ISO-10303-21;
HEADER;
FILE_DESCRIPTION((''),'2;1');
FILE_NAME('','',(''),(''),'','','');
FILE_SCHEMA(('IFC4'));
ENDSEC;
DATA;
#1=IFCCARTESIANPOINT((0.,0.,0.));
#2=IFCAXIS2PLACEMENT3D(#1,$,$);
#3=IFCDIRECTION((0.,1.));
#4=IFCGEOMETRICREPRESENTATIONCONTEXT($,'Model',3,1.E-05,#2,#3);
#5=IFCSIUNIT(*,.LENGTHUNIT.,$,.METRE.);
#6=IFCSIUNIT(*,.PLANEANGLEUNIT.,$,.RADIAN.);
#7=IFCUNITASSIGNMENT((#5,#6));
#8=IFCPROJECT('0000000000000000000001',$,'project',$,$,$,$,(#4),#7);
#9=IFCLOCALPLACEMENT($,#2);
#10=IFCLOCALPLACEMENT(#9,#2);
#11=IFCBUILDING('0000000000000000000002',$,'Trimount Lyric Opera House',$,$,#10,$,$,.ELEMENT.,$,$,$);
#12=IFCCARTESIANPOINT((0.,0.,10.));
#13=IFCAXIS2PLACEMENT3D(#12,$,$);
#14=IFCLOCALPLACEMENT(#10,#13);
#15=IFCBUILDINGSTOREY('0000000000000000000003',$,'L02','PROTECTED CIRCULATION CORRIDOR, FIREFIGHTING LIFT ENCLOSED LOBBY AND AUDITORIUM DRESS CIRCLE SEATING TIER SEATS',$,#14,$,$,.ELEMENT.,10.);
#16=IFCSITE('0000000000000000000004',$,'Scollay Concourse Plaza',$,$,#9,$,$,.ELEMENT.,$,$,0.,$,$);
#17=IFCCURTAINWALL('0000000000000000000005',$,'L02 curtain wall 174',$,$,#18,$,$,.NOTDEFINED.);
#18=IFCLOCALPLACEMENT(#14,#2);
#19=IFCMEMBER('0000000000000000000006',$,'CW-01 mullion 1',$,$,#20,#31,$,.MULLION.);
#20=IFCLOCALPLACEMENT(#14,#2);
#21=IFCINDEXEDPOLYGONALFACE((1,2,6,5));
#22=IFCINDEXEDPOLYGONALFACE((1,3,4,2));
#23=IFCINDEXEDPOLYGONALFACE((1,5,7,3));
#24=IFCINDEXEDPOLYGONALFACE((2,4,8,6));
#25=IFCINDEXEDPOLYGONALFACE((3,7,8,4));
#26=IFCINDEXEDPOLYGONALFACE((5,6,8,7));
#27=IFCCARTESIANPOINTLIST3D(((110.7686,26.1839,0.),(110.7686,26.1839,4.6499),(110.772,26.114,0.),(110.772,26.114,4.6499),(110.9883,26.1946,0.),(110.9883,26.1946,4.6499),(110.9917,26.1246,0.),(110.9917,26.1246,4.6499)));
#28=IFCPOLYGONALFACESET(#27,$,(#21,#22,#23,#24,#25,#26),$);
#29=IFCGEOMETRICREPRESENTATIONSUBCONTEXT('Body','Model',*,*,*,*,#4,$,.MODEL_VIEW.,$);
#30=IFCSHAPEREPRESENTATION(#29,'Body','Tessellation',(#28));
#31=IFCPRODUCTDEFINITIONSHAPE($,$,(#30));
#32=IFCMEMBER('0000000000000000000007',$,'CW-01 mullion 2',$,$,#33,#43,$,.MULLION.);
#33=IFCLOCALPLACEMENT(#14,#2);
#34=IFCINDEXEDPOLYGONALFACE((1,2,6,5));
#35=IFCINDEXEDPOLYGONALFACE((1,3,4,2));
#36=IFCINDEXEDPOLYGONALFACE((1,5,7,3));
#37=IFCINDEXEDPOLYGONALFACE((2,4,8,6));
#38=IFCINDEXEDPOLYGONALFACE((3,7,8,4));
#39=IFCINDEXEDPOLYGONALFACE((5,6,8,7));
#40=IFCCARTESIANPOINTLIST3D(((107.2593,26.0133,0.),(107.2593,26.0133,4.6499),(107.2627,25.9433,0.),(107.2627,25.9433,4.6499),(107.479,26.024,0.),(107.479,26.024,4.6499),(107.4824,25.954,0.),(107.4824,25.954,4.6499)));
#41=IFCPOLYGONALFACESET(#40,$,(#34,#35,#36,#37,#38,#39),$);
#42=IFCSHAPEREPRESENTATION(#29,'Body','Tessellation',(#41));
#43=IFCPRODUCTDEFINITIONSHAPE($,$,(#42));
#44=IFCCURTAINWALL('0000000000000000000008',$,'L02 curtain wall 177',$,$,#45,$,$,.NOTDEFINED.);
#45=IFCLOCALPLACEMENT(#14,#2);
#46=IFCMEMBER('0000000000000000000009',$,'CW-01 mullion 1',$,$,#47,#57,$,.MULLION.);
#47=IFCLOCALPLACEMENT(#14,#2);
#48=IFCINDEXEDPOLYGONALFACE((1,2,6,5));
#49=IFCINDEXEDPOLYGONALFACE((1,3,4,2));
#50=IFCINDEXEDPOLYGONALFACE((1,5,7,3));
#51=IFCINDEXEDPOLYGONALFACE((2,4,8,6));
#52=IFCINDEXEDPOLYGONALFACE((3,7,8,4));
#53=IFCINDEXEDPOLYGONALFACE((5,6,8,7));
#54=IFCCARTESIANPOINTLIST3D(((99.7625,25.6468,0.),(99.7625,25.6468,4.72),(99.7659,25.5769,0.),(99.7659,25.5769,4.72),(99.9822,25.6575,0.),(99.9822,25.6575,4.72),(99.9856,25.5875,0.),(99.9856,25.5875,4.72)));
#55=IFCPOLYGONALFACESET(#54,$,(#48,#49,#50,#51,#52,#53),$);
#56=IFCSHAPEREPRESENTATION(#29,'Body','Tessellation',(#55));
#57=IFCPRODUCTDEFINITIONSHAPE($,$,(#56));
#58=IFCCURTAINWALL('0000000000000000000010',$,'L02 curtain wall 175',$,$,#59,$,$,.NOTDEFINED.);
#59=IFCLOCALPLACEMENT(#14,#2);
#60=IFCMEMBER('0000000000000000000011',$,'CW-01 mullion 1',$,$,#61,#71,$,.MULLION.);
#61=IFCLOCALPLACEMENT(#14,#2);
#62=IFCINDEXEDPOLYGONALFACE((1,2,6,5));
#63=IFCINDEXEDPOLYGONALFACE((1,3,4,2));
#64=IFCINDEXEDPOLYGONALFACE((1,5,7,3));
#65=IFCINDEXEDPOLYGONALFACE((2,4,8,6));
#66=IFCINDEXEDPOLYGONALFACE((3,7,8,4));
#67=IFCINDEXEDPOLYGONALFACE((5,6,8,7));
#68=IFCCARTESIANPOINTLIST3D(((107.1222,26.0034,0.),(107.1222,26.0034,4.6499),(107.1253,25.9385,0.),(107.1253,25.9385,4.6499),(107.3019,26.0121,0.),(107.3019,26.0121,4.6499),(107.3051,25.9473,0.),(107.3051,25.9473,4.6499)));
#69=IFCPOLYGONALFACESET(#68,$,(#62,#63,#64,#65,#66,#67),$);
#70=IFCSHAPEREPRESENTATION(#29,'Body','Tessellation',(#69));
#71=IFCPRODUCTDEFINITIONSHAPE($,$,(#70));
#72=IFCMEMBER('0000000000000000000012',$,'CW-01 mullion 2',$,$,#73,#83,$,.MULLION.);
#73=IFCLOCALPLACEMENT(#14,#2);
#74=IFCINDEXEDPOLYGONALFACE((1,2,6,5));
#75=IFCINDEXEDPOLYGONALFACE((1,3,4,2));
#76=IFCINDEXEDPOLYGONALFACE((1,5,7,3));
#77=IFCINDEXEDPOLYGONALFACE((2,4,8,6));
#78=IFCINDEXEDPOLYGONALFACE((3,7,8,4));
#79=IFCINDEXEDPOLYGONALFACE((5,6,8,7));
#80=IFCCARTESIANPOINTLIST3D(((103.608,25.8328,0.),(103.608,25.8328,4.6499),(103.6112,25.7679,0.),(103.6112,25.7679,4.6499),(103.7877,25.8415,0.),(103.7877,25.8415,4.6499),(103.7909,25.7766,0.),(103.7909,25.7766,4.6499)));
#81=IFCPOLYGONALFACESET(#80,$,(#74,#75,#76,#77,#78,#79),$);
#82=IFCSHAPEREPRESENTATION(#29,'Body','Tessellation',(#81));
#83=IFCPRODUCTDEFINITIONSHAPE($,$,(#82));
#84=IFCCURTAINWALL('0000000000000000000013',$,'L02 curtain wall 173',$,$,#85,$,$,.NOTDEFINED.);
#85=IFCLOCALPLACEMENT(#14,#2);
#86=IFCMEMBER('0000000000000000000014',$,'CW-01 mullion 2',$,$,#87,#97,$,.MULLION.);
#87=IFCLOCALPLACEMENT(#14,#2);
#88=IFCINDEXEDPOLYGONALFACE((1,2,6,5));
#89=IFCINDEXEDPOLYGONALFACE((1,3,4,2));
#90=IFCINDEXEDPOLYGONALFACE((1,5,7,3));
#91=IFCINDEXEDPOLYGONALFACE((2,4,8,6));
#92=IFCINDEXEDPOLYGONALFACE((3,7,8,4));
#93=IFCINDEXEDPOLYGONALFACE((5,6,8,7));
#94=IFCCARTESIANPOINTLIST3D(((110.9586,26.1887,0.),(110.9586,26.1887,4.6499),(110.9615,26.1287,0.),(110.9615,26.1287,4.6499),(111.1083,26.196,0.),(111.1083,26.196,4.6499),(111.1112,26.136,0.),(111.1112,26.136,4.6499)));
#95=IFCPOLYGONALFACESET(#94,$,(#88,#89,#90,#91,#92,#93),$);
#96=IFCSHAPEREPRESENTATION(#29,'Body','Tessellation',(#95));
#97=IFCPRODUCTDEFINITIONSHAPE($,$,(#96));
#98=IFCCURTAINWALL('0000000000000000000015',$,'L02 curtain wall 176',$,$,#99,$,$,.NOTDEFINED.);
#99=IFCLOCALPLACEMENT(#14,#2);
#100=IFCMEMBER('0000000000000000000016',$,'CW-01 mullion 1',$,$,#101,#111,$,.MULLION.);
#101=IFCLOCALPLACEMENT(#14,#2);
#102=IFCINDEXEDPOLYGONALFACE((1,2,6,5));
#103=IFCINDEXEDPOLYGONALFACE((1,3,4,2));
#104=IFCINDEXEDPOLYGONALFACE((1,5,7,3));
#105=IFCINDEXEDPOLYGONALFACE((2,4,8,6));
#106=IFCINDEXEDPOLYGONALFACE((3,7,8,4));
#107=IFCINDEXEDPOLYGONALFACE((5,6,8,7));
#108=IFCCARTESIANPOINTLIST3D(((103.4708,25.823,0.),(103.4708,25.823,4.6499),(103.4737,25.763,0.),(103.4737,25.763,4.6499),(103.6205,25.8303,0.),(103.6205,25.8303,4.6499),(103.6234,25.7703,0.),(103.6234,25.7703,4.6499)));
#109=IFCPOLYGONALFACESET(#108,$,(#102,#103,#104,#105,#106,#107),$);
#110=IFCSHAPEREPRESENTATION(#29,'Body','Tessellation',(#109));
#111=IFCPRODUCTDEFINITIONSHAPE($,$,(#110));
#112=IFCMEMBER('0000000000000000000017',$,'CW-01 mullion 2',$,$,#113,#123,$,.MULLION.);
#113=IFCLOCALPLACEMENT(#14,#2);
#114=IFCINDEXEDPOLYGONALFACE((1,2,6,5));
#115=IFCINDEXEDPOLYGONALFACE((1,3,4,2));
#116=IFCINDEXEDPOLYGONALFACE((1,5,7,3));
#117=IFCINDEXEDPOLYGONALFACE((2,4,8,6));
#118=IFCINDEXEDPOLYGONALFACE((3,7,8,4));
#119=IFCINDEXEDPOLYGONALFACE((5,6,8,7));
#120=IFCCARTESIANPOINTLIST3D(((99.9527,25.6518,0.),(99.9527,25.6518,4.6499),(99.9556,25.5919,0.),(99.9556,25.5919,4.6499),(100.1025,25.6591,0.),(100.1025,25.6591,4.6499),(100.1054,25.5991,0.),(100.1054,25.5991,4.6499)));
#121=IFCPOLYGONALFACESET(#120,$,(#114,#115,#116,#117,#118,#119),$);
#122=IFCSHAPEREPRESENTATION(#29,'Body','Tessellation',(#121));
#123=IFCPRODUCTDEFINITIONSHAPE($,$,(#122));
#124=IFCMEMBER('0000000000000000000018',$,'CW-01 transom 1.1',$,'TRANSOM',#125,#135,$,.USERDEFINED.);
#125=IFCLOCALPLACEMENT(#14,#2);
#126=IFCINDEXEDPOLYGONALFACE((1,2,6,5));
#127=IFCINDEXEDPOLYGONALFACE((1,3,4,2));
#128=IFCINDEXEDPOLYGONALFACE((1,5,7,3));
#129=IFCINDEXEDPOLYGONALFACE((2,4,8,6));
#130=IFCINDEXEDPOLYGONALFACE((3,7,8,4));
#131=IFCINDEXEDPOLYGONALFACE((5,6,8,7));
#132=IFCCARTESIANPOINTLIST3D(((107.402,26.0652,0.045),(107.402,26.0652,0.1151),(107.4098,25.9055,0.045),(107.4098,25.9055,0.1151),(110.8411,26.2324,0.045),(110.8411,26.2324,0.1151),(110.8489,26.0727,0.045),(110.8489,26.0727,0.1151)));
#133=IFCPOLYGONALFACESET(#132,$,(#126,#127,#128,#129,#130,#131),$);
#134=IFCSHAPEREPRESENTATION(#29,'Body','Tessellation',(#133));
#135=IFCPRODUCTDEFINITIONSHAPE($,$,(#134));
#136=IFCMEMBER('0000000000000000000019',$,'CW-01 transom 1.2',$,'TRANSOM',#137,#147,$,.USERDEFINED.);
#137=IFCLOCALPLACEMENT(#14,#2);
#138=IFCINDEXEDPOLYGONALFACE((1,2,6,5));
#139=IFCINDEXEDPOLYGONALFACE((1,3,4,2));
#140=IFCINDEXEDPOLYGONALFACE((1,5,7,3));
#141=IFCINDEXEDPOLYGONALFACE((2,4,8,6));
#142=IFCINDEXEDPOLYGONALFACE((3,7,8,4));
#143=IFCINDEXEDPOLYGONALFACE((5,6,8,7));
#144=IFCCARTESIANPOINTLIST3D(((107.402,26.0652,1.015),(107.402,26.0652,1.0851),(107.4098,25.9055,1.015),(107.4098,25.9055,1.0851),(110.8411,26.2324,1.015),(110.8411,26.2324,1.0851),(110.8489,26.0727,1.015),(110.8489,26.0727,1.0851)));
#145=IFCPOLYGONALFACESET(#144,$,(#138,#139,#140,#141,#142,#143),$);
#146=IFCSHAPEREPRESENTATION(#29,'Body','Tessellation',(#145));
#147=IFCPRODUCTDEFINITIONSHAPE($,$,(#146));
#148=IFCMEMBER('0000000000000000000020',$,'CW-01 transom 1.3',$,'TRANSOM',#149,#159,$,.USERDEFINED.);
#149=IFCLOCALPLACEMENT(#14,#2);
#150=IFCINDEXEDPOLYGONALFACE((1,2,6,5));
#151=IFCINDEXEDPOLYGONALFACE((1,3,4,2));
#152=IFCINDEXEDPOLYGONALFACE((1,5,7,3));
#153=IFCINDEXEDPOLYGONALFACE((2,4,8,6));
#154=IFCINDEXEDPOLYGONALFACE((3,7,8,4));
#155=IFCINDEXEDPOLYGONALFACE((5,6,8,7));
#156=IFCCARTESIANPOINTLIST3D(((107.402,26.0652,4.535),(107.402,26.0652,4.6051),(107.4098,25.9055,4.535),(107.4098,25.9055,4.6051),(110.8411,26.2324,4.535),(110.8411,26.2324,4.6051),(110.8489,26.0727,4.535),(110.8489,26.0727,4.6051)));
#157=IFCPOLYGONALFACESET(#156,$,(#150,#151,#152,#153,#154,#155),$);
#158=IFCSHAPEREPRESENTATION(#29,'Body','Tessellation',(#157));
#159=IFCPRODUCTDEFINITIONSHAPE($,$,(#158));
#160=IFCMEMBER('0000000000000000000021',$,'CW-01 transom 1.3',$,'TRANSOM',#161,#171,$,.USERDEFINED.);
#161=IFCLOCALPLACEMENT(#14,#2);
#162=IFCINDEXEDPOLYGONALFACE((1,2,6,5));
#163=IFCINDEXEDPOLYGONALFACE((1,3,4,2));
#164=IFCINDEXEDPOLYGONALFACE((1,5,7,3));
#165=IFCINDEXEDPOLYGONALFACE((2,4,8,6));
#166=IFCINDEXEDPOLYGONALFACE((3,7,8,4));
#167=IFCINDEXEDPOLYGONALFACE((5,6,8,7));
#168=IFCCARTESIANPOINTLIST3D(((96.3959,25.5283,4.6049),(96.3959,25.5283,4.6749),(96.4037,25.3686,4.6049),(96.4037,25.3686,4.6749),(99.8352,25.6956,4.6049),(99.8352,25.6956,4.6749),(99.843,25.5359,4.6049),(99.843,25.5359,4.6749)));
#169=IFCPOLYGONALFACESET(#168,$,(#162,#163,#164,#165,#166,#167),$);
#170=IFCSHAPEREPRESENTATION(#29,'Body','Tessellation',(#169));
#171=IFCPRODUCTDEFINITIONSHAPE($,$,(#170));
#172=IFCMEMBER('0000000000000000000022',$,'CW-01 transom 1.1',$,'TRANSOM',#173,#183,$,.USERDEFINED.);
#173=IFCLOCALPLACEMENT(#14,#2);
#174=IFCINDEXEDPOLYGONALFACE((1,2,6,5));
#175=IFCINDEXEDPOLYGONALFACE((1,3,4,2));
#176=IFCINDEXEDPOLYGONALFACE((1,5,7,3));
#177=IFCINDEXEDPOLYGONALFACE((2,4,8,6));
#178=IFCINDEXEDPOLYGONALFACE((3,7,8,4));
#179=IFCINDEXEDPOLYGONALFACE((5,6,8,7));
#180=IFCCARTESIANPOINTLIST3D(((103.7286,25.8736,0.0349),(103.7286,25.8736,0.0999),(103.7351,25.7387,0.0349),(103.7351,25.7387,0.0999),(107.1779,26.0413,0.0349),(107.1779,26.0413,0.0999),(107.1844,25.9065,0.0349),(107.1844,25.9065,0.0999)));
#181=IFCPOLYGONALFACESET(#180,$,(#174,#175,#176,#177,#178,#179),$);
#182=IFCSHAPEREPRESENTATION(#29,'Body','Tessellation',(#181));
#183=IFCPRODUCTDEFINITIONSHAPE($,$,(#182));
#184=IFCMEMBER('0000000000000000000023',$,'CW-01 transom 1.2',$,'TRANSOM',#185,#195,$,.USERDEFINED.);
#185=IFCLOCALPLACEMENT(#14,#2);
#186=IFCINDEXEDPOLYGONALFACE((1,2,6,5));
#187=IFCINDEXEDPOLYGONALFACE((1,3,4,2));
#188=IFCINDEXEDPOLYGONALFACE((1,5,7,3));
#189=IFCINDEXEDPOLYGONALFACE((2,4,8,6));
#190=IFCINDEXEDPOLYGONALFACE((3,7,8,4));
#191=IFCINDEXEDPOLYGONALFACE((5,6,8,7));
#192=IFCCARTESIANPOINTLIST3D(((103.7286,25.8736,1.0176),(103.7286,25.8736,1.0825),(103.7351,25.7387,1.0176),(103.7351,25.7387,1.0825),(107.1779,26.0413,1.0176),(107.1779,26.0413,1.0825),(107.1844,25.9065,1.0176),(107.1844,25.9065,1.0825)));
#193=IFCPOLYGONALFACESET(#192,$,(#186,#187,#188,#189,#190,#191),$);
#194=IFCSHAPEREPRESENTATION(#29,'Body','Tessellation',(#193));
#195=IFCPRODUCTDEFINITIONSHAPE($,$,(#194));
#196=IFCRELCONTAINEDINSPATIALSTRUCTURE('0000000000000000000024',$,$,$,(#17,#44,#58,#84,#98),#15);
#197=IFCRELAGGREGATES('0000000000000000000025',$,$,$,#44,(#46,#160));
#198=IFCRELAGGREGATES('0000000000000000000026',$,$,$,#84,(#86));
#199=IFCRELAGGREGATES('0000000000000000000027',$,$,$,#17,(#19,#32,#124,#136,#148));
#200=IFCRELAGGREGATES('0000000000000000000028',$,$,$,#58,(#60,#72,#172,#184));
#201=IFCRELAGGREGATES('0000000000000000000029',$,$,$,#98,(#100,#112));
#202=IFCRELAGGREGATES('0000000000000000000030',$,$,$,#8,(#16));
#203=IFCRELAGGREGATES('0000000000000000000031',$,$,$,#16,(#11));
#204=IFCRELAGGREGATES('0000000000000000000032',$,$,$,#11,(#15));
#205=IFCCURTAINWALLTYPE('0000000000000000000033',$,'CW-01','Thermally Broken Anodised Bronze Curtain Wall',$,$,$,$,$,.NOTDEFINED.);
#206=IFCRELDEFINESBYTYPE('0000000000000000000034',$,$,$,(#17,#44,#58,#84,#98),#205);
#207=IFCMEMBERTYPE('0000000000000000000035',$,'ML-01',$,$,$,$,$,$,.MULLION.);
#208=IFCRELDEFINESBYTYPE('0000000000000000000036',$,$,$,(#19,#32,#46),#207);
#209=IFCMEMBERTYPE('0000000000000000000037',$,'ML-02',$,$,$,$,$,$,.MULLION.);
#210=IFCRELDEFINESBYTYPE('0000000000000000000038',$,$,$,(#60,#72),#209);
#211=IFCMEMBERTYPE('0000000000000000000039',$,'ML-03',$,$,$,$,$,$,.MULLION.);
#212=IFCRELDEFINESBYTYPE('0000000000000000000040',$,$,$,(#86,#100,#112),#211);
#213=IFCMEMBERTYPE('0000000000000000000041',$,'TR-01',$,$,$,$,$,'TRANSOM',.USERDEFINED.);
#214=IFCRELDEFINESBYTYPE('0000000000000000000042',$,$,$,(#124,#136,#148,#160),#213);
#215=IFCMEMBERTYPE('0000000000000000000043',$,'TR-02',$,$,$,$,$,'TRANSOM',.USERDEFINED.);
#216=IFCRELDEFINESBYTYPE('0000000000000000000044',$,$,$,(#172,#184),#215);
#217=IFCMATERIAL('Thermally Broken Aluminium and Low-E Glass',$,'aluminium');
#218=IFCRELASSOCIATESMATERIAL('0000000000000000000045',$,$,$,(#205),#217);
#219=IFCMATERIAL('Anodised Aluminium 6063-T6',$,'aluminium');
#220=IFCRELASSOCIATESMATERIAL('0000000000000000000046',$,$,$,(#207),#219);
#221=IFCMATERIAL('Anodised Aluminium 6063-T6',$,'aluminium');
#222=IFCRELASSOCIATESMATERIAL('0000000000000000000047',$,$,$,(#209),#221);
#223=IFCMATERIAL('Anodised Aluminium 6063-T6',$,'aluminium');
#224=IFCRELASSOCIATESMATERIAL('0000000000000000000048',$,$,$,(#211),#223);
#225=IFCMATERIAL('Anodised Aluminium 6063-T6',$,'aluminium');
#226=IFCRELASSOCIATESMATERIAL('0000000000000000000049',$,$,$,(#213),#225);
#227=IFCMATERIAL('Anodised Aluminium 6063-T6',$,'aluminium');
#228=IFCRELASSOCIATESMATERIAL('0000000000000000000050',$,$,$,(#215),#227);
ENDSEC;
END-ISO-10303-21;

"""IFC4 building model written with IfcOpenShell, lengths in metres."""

from ifc_helpers import new_model, si_unit, direction, frame, origin, origin_2d, place, context, subcontext, project, spatial, rectangle, extrude, material, material_profile, profile_set, type_object, element, aggregate, save


model = new_model("IFC4")

# Units and contexts
model_context = context("Model", 3, precision=1e-05, world=origin(), true_north=direction((0.0, 1.0)))
body_context = subcontext(model_context, "Body", "Model", "MODEL_VIEW")
ifc_project = project(units=[si_unit("LENGTHUNIT", "METRE"), si_unit("PLANEANGLEUNIT", "RADIAN")], contexts=[model_context])

# Site, building, storey
site_placement = place(None, origin())
site = spatial("IfcSite", under=ifc_project, at=site_placement, Name="Scollay Concourse Plaza", CompositionType="ELEMENT", RefElevation=0.0)
building_placement = place(site_placement, origin())
building = spatial("IfcBuilding", under=site, at=building_placement, Name="Trimount Lyric Opera House", CompositionType="ELEMENT")
storey_placement = place(building_placement, frame((0.0, 0.0, 10.0)))
storey = spatial("IfcBuildingStorey", under=building, at=storey_placement, Name="L02", Description="PROTECTED CIRCULATION CORRIDOR, FIREFIGHTING LIFT ENCLOSED LOBBY AND AUDITORIUM DRESS CIRCLE SEATING TIER SEATS", CompositionType="ELEMENT", Elevation=10.0)

# Curtain wall, members
ifc_material_1 = material(Name="Thermally Broken Aluminium and Low-E Glass", Category="aluminium")
curtain_wall_type = type_object("IfcCurtainWallType", Name="CW-01", Description="Thermally Broken Anodised Bronze Curtain Wall", PredefinedType="NOTDEFINED", material=ifc_material_1)
curtain_wall_1_placement = place(storey_placement, origin())
curtain_wall_1 = element("IfcCurtainWall", 1, at=curtain_wall_1_placement, inside=storey, type_object=curtain_wall_type, Name="L02 curtain wall 174", PredefinedType="NOTDEFINED")
ifc_material_2 = material(Name="Anodised Aluminium 6063-T6", Category="aluminium")
ifc_material_profile_1 = material_profile(ifc_material_2, rectangle(XDim=0.0701, YDim=0.22, at=origin_2d()), Name="ALU-MULL-70X220")
ifc_profile_set_1 = profile_set([ifc_material_profile_1], Name="Anodised Aluminium 6063-T6")
member_type_1 = type_object("IfcMemberType", Name="ML-01", PredefinedType="MULLION", material=ifc_profile_set_1)
member_1_placement = place(storey_placement, frame((110.8801, 26.1543, 0.0), z_axis=(0.0, 0.0, 1.0), x_axis=(0.04856, -0.99882, 0.0)))
member_1 = element("IfcMember", 2, at=member_1_placement, type_object=member_type_1, Name="CW-01 mullion 1", PredefinedType="MULLION", context=body_context, shape_type="SweptSolid", body=[
    extrude(rectangle(XDim=0.0701, YDim=0.22, at=origin_2d()), origin(), (0.0, 0.0, 1.0), 4.6499),
])
member_2_placement = place(storey_placement, frame((107.3708, 25.9836, 0.0), z_axis=(0.0, 0.0, 1.0), x_axis=(0.04856, -0.99882, 0.0)))
member_2 = element("IfcMember", 3, at=member_2_placement, type_object=member_type_1, Name="CW-01 mullion 2", PredefinedType="MULLION", context=body_context, shape_type="SweptSolid", body=[
    extrude(rectangle(XDim=0.0701, YDim=0.22, at=origin_2d()), origin(), (0.0, 0.0, 1.0), 4.6499),
])

# Curtain wall, member
curtain_wall_2_placement = place(storey_placement, origin())
curtain_wall_2 = element("IfcCurtainWall", 4, at=curtain_wall_2_placement, inside=storey, type_object=curtain_wall_type, Name="L02 curtain wall 177", PredefinedType="NOTDEFINED")
member_3_placement = place(storey_placement, frame((99.874, 25.6172, 0.0), z_axis=(0.0, 0.0, 1.0), x_axis=(0.04856, -0.99882, 0.0)))
member_3 = element("IfcMember", 5, at=member_3_placement, type_object=member_type_1, Name="CW-01 mullion 1", PredefinedType="MULLION", context=body_context, shape_type="SweptSolid", body=[
    extrude(rectangle(XDim=0.0701, YDim=0.22, at=origin_2d()), origin(), (0.0, 0.0, 1.0), 4.72),
])

# Curtain wall, members
curtain_wall_3_placement = place(storey_placement, origin())
curtain_wall_3 = element("IfcCurtainWall", 6, at=curtain_wall_3_placement, inside=storey, type_object=curtain_wall_type, Name="L02 curtain wall 175", PredefinedType="NOTDEFINED")
ifc_material_3 = material(Name="Anodised Aluminium 6063-T6", Category="aluminium")
ifc_material_profile_2 = material_profile(ifc_material_3, rectangle(XDim=0.0649, YDim=0.1799, at=origin_2d()), Name="ALU-MULL-65X180")
ifc_profile_set_2 = profile_set([ifc_material_profile_2], Name="Anodised Aluminium 6063-T6")
member_type_2 = type_object("IfcMemberType", Name="ML-02", PredefinedType="MULLION", material=ifc_profile_set_2)
member_4_placement = place(storey_placement, frame((107.2136, 25.9753, 0.0), z_axis=(0.0, 0.0, 1.0), x_axis=(0.04856, -0.99882, 0.0)))
member_4 = element("IfcMember", 7, at=member_4_placement, type_object=member_type_2, Name="CW-01 mullion 1", PredefinedType="MULLION", context=body_context, shape_type="SweptSolid", body=[
    extrude(rectangle(XDim=0.0649, YDim=0.1799, at=origin_2d()), origin(), (0.0, 0.0, 1.0), 4.6499),
])
member_5_placement = place(storey_placement, frame((103.6995, 25.8047, 0.0), z_axis=(0.0, 0.0, 1.0), x_axis=(0.04856, -0.99882, 0.0)))
member_5 = element("IfcMember", 8, at=member_5_placement, type_object=member_type_2, Name="CW-01 mullion 2", PredefinedType="MULLION", context=body_context, shape_type="SweptSolid", body=[
    extrude(rectangle(XDim=0.0649, YDim=0.1799, at=origin_2d()), origin(), (0.0, 0.0, 1.0), 4.6499),
])

# Curtain wall, member
curtain_wall_4_placement = place(storey_placement, origin())
curtain_wall_4 = element("IfcCurtainWall", 9, at=curtain_wall_4_placement, inside=storey, type_object=curtain_wall_type, Name="L02 curtain wall 173", PredefinedType="NOTDEFINED")
ifc_material_4 = material(Name="Anodised Aluminium 6063-T6", Category="aluminium")
ifc_material_profile_3 = material_profile(ifc_material_4, rectangle(XDim=0.0601, YDim=0.1499, at=origin_2d()), Name="ALU-MULL-60X150")
ifc_profile_set_3 = profile_set([ifc_material_profile_3], Name="Anodised Aluminium 6063-T6")
member_type_3 = type_object("IfcMemberType", Name="ML-03", PredefinedType="MULLION", material=ifc_profile_set_3)
member_6_placement = place(storey_placement, frame((111.0349, 26.1624, 0.0), z_axis=(0.0, 0.0, 1.0), x_axis=(0.048708, -0.998813, 0.0)))
member_6 = element("IfcMember", 10, at=member_6_placement, type_object=member_type_3, Name="CW-01 mullion 2", PredefinedType="MULLION", context=body_context, shape_type="SweptSolid", body=[
    extrude(rectangle(XDim=0.0601, YDim=0.1499, at=origin_2d()), origin(), (0.0, 0.0, 1.0), 4.6499),
])

# Curtain wall, members
curtain_wall_5_placement = place(storey_placement, origin())
curtain_wall_5 = element("IfcCurtainWall", 11, at=curtain_wall_5_placement, inside=storey, type_object=curtain_wall_type, Name="L02 curtain wall 176", PredefinedType="NOTDEFINED")
member_7_placement = place(storey_placement, frame((103.5471, 25.7966, 0.0), z_axis=(0.0, 0.0, 1.0), x_axis=(0.048573, -0.99882, 0.0)))
member_7 = element("IfcMember", 12, at=member_7_placement, type_object=member_type_3, Name="CW-01 mullion 1", PredefinedType="MULLION", context=body_context, shape_type="SweptSolid", body=[
    extrude(rectangle(XDim=0.0601, YDim=0.1499, at=origin_2d()), origin(), (0.0, 0.0, 1.0), 4.6499),
])
member_8_placement = place(storey_placement, frame((100.0291, 25.6255, 0.0), z_axis=(0.0, 0.0, 1.0), x_axis=(0.048573, -0.99882, 0.0)))
member_8 = element("IfcMember", 13, at=member_8_placement, type_object=member_type_3, Name="CW-01 mullion 2", PredefinedType="MULLION", context=body_context, shape_type="SweptSolid", body=[
    extrude(rectangle(XDim=0.0601, YDim=0.1499, at=origin_2d()), origin(), (0.0, 0.0, 1.0), 4.6499),
])

# Members
ifc_material_5 = material(Name="Anodised Aluminium 6063-T6", Category="aluminium")
ifc_material_profile_4 = material_profile(ifc_material_5, rectangle(XDim=0.1599, YDim=0.0701, at=origin_2d()), Name="ALU-TRAN-70X160")
ifc_profile_set_4 = profile_set([ifc_material_profile_4], Name="Anodised Aluminium 6063-T6")
member_type_4 = type_object("IfcMemberType", Name="TR-01", ElementType="TRANSOM", PredefinedType="USERDEFINED", material=ifc_profile_set_4)
member_9_placement = place(storey_placement, frame((110.845, 26.1526, 0.0801), z_axis=(-0.99882, -0.048572, 0.0), x_axis=(0.048572, -0.99882, 0.0)))
member_9 = element("IfcMember", 14, at=member_9_placement, type_object=member_type_4, Name="CW-01 transom 1.1", ObjectType="TRANSOM", PredefinedType="USERDEFINED", context=body_context, shape_type="SweptSolid", body=[
    extrude(rectangle(XDim=0.1599, YDim=0.0701, at=origin_2d()), origin(), (0.0, 0.0, 1.0), 3.4431),
])
member_10_placement = place(storey_placement, frame((110.845, 26.1526, 1.05), z_axis=(-0.99882, -0.048572, 0.0), x_axis=(0.048572, -0.99882, 0.0)))
member_10 = element("IfcMember", 15, at=member_10_placement, type_object=member_type_4, Name="CW-01 transom 1.2", ObjectType="TRANSOM", PredefinedType="USERDEFINED", context=body_context, shape_type="SweptSolid", body=[
    extrude(rectangle(XDim=0.1599, YDim=0.0701, at=origin_2d()), origin(), (0.0, 0.0, 1.0), 3.4431),
])
member_11_placement = place(storey_placement, frame((110.845, 26.1526, 4.5701), z_axis=(-0.99882, -0.048572, 0.0), x_axis=(0.048572, -0.99882, 0.0)))
member_11 = element("IfcMember", 16, at=member_11_placement, type_object=member_type_4, Name="CW-01 transom 1.3", ObjectType="TRANSOM", PredefinedType="USERDEFINED", context=body_context, shape_type="SweptSolid", body=[
    extrude(rectangle(XDim=0.1599, YDim=0.0701, at=origin_2d()), origin(), (0.0, 0.0, 1.0), 3.4431),
])
member_12_placement = place(storey_placement, frame((99.8391, 25.6157, 4.6399), z_axis=(-0.99882, -0.048569, 0.0), x_axis=(0.048569, -0.99882, 0.0)))
member_12 = element("IfcMember", 17, at=member_12_placement, type_object=member_type_4, Name="CW-01 transom 1.3", ObjectType="TRANSOM", PredefinedType="USERDEFINED", context=body_context, shape_type="SweptSolid", body=[
    extrude(rectangle(XDim=0.1599, YDim=0.0701, at=origin_2d()), origin(), (0.0, 0.0, 1.0), 3.4434),
])
aggregate(curtain_wall_2, [member_3, member_12])
ifc_material_6 = material(Name="Anodised Aluminium 6063-T6", Category="aluminium")
ifc_material_profile_5 = material_profile(ifc_material_6, rectangle(XDim=0.135, YDim=0.0649, at=origin_2d()), Name="ALU-TRAN-65X135")
ifc_profile_set_5 = profile_set([ifc_material_profile_5], Name="Anodised Aluminium 6063-T6")
member_type_5 = type_object("IfcMemberType", Name="TR-02", ElementType="TRANSOM", PredefinedType="USERDEFINED", material=ifc_profile_set_5)
member_13_placement = place(storey_placement, frame((107.1812, 25.9739, 0.0674), z_axis=(-0.99882, -0.048569, 0.0), x_axis=(0.048569, -0.99882, 0.0)))
member_13 = element("IfcMember", 18, at=member_13_placement, type_object=member_type_5, Name="CW-01 transom 1.1", ObjectType="TRANSOM", PredefinedType="USERDEFINED", context=body_context, shape_type="SweptSolid", body=[
    extrude(rectangle(XDim=0.135, YDim=0.0649, at=origin_2d()), origin(), (0.0, 0.0, 1.0), 3.4534),
])
member_14_placement = place(storey_placement, frame((107.1812, 25.9739, 1.05), z_axis=(-0.99882, -0.048569, 0.0), x_axis=(0.048569, -0.99882, 0.0)))
member_14 = element("IfcMember", 19, at=member_14_placement, type_object=member_type_5, Name="CW-01 transom 1.2", ObjectType="TRANSOM", PredefinedType="USERDEFINED", context=body_context, shape_type="SweptSolid", body=[
    extrude(rectangle(XDim=0.135, YDim=0.0649, at=origin_2d()), origin(), (0.0, 0.0, 1.0), 3.4534),
])

aggregate(curtain_wall_4, [member_6])
aggregate(curtain_wall_1, [member_1, member_2, member_9, member_10, member_11])
aggregate(curtain_wall_3, [member_4, member_5, member_13, member_14])
aggregate(curtain_wall_5, [member_7, member_8])

save(model, "model.ifc")
